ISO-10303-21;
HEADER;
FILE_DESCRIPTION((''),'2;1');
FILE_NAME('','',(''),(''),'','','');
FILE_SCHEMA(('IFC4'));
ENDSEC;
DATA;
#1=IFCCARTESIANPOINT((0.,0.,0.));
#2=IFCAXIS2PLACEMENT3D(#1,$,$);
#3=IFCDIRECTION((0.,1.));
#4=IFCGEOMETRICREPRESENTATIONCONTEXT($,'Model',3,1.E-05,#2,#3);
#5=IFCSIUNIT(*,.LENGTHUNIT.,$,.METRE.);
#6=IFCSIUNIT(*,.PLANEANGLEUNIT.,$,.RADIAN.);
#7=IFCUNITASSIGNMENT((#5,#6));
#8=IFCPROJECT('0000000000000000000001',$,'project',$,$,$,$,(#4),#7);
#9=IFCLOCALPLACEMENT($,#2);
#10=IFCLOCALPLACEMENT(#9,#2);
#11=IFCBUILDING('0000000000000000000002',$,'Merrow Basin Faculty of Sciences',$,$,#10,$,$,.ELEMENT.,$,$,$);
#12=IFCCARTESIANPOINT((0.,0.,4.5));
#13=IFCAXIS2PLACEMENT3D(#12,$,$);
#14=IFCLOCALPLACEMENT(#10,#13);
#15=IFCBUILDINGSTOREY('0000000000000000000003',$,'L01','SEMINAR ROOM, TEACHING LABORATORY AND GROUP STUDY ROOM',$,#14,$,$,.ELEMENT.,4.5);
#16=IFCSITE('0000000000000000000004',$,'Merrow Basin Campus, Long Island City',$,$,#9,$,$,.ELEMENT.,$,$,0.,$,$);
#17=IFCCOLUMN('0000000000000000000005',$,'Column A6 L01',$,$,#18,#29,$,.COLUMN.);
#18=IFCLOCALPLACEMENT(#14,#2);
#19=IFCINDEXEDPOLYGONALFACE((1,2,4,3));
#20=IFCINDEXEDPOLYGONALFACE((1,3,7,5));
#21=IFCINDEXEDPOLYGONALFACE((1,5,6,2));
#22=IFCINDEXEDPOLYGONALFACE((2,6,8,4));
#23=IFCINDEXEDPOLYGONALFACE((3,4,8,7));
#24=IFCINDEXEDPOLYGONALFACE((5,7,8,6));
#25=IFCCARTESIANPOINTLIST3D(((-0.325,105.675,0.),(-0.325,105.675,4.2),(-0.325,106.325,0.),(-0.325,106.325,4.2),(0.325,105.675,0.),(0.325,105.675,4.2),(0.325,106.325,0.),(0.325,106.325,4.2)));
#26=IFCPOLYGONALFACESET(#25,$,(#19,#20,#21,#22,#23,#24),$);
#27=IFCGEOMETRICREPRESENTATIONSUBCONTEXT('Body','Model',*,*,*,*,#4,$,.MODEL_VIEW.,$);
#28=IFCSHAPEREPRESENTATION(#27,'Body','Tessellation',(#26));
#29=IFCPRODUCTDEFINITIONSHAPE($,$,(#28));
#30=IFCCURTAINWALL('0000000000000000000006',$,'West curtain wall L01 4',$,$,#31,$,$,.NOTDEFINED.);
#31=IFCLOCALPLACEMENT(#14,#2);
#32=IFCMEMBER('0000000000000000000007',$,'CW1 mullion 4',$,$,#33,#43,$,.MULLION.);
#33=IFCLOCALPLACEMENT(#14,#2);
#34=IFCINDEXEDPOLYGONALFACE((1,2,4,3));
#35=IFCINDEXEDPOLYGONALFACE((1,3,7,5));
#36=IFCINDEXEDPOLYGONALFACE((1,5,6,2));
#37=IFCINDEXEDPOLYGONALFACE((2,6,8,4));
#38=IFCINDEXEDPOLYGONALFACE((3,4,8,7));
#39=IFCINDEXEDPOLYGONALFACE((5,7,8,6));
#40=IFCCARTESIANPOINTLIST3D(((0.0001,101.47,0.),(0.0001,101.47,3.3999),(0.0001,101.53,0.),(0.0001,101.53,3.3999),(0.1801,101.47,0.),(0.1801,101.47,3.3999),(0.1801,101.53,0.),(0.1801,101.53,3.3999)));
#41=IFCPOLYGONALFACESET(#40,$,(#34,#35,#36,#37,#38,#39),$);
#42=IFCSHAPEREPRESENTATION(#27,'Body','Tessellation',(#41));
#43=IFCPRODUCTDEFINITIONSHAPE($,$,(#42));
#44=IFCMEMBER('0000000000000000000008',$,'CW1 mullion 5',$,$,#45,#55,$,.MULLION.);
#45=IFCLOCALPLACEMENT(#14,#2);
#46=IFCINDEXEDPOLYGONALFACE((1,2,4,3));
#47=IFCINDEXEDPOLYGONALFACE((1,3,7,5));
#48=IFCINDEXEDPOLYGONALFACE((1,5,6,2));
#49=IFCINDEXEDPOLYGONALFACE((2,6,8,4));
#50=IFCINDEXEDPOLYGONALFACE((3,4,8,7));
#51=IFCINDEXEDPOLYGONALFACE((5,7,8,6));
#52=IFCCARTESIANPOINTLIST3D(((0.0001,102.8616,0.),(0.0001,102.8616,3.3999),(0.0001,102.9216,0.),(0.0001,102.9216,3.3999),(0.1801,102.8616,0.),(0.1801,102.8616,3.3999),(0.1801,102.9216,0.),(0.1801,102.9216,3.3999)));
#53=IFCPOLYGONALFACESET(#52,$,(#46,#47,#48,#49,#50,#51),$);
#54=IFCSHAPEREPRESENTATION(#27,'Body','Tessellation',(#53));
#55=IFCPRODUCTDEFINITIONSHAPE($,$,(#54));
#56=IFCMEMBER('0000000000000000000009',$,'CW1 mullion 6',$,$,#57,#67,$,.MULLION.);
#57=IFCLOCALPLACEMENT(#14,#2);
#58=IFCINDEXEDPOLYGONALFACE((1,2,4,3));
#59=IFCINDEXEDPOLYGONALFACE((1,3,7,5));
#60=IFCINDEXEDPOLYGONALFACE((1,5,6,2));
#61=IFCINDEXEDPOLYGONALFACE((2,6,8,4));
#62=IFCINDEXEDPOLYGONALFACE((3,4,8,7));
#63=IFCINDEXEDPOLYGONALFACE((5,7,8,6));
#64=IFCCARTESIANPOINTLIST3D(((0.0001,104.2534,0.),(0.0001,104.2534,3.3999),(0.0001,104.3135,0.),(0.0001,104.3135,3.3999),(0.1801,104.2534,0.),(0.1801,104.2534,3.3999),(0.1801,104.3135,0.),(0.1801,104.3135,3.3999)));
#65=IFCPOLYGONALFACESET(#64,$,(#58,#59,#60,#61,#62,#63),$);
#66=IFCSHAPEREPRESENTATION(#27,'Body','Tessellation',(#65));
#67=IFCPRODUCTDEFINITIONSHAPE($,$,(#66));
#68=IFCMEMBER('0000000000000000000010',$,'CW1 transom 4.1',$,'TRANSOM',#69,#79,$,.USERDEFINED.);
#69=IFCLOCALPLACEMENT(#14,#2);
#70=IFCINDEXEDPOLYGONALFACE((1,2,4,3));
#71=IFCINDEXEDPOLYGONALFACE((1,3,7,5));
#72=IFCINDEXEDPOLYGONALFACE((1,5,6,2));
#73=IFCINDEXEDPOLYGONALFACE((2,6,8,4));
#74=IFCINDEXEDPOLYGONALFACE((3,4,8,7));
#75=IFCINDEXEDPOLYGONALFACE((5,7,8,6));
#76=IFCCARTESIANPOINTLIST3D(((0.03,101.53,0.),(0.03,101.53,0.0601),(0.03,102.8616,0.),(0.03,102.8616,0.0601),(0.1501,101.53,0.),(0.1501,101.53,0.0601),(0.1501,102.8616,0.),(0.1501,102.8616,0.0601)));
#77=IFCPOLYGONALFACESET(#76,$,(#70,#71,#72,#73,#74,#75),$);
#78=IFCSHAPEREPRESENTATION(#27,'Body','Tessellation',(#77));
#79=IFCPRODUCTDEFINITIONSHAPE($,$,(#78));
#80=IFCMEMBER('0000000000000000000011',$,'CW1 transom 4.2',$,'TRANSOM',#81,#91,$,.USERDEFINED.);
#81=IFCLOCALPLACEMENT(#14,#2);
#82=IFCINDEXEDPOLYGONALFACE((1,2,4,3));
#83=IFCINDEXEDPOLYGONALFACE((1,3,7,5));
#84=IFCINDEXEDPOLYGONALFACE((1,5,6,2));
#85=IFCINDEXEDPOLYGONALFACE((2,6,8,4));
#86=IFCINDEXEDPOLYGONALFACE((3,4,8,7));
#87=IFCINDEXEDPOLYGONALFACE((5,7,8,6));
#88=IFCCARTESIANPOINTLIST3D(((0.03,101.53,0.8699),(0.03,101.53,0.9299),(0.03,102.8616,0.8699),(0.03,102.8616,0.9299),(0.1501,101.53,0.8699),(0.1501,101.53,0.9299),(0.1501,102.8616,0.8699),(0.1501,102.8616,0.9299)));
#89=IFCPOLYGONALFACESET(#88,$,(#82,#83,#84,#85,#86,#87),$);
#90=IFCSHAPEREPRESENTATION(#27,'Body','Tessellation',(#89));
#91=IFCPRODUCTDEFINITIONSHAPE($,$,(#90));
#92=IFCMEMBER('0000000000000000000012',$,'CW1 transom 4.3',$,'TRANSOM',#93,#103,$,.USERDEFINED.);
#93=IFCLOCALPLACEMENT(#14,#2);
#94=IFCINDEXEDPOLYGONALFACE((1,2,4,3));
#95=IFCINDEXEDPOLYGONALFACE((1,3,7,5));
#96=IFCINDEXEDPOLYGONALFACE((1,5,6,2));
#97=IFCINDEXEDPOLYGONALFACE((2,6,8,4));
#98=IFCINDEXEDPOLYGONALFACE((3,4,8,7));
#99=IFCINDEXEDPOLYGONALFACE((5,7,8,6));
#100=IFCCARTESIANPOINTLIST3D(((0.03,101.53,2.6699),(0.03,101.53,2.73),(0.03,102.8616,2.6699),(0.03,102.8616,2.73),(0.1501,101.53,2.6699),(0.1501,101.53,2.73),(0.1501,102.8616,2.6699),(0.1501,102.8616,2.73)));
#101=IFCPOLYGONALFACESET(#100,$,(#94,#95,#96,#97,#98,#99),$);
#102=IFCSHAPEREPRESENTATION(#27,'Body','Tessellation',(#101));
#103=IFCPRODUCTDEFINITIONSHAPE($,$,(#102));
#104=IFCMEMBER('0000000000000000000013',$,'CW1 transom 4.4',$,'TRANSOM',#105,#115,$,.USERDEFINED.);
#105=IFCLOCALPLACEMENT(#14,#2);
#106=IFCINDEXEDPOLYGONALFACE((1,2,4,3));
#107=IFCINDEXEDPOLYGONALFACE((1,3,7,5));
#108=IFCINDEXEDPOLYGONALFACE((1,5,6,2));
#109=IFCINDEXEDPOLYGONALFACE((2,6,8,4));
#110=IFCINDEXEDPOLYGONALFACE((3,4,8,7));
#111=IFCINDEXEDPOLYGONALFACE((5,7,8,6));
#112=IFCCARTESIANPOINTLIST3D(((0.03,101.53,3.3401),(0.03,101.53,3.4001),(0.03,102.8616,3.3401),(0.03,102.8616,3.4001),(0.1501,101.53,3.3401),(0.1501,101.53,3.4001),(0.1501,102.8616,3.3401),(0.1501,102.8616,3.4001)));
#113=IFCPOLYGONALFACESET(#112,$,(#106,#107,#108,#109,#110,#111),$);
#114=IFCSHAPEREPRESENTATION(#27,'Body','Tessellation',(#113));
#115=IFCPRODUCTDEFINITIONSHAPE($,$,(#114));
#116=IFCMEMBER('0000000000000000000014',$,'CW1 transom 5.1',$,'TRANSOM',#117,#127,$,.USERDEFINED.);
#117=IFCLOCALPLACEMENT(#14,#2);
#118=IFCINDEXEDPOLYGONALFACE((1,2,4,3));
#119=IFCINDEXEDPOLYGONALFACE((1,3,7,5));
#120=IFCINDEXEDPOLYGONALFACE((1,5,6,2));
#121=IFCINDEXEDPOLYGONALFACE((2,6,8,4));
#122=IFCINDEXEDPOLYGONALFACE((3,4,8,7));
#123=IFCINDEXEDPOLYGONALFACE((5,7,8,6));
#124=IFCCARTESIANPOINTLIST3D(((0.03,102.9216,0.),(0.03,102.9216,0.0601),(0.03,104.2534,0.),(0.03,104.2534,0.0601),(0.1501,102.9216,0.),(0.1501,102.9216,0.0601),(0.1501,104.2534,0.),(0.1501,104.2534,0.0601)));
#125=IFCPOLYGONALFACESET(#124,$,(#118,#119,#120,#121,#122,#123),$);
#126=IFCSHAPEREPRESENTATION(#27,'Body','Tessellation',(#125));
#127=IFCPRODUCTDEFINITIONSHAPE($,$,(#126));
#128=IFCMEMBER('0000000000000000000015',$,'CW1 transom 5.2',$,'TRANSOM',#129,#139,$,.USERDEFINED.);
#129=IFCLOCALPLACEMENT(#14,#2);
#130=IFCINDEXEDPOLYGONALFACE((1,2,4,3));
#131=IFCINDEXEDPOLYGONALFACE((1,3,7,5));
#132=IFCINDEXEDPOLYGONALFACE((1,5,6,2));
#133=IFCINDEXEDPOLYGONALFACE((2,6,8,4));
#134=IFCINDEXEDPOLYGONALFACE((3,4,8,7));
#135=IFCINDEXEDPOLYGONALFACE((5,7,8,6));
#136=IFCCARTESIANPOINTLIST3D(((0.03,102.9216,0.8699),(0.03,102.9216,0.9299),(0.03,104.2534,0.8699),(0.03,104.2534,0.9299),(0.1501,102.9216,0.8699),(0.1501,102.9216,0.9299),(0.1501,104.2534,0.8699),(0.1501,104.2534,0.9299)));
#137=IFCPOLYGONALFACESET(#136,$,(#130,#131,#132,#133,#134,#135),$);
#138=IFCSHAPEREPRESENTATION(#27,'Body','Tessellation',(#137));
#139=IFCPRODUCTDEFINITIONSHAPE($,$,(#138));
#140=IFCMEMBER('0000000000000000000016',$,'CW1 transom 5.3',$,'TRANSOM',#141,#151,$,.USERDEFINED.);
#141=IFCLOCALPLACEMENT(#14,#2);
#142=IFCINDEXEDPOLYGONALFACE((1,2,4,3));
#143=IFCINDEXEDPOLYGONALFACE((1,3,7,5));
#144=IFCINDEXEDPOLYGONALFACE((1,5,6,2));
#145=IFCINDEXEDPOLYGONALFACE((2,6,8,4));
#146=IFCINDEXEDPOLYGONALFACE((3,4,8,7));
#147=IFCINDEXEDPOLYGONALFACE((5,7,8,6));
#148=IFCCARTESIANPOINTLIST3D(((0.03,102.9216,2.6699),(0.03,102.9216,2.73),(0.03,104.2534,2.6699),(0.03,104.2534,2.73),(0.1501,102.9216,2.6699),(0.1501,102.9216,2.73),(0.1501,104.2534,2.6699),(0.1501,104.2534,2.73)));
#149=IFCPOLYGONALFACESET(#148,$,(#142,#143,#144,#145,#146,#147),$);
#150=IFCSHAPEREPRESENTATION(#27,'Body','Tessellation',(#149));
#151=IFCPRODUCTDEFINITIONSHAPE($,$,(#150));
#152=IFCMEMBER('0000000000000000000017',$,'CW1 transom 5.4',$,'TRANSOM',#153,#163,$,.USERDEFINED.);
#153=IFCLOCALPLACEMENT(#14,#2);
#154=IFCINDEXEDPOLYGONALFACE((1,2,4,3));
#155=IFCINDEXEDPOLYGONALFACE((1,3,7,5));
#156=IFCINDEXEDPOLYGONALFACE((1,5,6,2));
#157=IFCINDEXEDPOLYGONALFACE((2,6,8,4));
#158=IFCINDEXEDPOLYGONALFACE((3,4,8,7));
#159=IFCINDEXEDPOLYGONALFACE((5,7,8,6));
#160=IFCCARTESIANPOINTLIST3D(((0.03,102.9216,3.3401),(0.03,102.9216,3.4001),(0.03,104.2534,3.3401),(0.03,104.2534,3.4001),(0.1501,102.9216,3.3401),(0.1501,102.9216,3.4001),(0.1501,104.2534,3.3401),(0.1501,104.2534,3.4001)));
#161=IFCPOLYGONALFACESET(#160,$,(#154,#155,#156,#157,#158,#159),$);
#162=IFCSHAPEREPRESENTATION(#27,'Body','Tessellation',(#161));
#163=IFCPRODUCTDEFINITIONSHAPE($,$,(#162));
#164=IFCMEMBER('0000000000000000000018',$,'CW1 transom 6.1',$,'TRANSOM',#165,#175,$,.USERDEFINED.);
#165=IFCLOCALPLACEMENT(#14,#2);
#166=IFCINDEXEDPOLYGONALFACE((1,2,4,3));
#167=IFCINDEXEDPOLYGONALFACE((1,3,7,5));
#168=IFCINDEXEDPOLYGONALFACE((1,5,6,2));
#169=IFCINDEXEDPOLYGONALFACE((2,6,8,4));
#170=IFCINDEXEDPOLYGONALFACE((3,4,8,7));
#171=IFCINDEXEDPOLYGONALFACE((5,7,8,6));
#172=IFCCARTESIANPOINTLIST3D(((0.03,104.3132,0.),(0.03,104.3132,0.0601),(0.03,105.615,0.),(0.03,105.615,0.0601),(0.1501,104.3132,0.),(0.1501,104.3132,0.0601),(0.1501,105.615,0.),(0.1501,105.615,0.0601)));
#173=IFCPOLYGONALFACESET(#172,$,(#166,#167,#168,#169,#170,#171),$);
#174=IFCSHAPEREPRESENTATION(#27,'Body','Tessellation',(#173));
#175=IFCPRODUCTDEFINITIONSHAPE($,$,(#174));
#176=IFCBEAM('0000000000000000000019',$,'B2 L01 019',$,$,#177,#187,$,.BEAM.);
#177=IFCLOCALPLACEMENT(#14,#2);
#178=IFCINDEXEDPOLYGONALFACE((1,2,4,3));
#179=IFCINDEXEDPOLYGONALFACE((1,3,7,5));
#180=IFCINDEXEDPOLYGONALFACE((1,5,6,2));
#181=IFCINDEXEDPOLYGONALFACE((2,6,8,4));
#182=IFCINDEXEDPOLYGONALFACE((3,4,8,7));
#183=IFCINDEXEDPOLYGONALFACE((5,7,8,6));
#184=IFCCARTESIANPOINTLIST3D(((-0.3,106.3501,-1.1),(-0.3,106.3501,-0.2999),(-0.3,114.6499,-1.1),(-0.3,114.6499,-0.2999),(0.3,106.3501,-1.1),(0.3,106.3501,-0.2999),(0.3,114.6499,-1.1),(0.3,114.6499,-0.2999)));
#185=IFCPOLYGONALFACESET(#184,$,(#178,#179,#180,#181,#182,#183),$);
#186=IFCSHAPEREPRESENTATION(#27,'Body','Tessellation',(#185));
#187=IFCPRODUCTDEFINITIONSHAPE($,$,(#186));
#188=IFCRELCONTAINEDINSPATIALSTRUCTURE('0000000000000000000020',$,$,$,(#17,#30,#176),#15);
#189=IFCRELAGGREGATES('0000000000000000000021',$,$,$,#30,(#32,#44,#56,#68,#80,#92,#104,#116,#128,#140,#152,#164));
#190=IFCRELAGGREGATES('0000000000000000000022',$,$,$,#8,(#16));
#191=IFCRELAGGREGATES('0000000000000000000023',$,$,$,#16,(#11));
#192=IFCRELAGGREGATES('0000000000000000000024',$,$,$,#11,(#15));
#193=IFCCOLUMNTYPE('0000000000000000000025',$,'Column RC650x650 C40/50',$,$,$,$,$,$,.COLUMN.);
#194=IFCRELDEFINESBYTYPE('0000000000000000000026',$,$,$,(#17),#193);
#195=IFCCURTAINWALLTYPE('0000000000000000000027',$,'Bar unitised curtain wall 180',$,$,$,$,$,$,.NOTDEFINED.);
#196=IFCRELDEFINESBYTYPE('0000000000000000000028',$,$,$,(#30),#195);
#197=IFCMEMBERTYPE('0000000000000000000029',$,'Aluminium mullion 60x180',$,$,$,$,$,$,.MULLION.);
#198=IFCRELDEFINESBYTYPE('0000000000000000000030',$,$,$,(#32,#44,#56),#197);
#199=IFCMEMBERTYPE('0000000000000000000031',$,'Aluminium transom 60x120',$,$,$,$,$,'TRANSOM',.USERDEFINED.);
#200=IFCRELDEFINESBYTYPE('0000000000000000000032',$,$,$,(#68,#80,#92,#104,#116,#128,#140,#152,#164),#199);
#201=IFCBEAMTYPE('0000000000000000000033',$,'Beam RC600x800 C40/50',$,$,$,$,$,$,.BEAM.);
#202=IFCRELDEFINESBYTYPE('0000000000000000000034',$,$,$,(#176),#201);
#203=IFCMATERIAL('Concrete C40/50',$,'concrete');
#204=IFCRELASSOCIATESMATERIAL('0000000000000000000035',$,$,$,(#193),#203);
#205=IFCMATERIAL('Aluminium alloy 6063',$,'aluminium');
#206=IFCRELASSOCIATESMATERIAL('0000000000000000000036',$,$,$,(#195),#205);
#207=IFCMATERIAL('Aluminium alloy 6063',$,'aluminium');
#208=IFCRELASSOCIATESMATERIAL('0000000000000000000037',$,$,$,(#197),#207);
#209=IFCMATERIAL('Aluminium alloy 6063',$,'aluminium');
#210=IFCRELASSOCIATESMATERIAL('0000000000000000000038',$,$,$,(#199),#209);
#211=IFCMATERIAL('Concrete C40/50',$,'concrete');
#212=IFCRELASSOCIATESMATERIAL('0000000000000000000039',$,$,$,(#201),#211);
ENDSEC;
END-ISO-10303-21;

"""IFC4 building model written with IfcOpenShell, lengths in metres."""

from ifc_helpers import new_model, si_unit, direction, frame, origin, origin_2d, place, context, subcontext, project, spatial, rectangle, extrude, material, material_profile, profile_set, type_object, element, aggregate, save


model = new_model("IFC4")

# Units and contexts
model_context = context("Model", 3, precision=1e-05, world=origin(), true_north=direction((0.0, 1.0)))
body_context = subcontext(model_context, "Body", "Model", "MODEL_VIEW")
ifc_project = project(units=[si_unit("LENGTHUNIT", "METRE"), si_unit("PLANEANGLEUNIT", "RADIAN")], contexts=[model_context])

# Site, building, storey
site_placement = place(None, origin())
site = spatial("IfcSite", under=ifc_project, at=site_placement, Name="Merrow Basin Campus, Long Island City", CompositionType="ELEMENT", RefElevation=0.0)
building_placement = place(site_placement, origin())
building = spatial("IfcBuilding", under=site, at=building_placement, Name="Merrow Basin Faculty of Sciences", CompositionType="ELEMENT")
storey_placement = place(building_placement, frame((0.0, 0.0, 4.5)))
storey = spatial("IfcBuildingStorey", under=building, at=storey_placement, Name="L01", Description="SEMINAR ROOM, TEACHING LABORATORY AND GROUP STUDY ROOM", CompositionType="ELEMENT", Elevation=4.5)

# Column
ifc_material_1 = material(Name="Concrete C40/50", Category="concrete")
ifc_material_profile_1 = material_profile(ifc_material_1, rectangle(XDim=0.6499, YDim=0.6499, at=origin_2d()))
ifc_profile_set_1 = profile_set([ifc_material_profile_1], Name="Concrete C40/50")
column_type = type_object("IfcColumnType", Name="Column RC650x650 C40/50", PredefinedType="COLUMN", material=ifc_profile_set_1)
column_placement = place(storey_placement, frame((0.0, 106.0, 0.0), z_axis=(0.0, 0.0, 1.0), x_axis=(1.0, 0.0, 0.0)))
element("IfcColumn", 1, at=column_placement, inside=storey, type_object=column_type, Name="Column A6 L01", PredefinedType="COLUMN", context=body_context, shape_type="SweptSolid", body=[
    extrude(rectangle(XDim=0.6499, YDim=0.6499, at=origin_2d()), origin(), (0.0, 0.0, 1.0), 4.2),
])

# Curtain wall, members
ifc_material_2 = material(Name="Aluminium alloy 6063", Category="aluminium")
curtain_wall_type = type_object("IfcCurtainWallType", Name="Bar unitised curtain wall 180", PredefinedType="NOTDEFINED", material=ifc_material_2)
curtain_wall_placement = place(storey_placement, origin())
curtain_wall = element("IfcCurtainWall", 2, at=curtain_wall_placement, inside=storey, type_object=curtain_wall_type, Name="West curtain wall L01 4", PredefinedType="NOTDEFINED")
ifc_material_3 = material(Name="Aluminium alloy 6063", Category="aluminium")
ifc_material_profile_2 = material_profile(ifc_material_3, rectangle(XDim=0.1799, YDim=0.0601, at=origin_2d()))
ifc_profile_set_2 = profile_set([ifc_material_profile_2], Name="Aluminium alloy 6063")
member_type_1 = type_object("IfcMemberType", Name="Aluminium mullion 60x180", PredefinedType="MULLION", material=ifc_profile_set_2)
member_1_placement = place(storey_placement, frame((0.0901, 101.5, 0.0), z_axis=(0.0, 0.0, 1.0), x_axis=(-1.0, 0.0, 0.0)))
member_1 = element("IfcMember", 3, at=member_1_placement, type_object=member_type_1, Name="CW1 mullion 4", PredefinedType="MULLION", context=body_context, shape_type="SweptSolid", body=[
    extrude(rectangle(XDim=0.1799, YDim=0.0601, at=origin_2d()), origin(), (0.0, 0.0, 1.0), 3.3999),
])
member_2_placement = place(storey_placement, frame((0.0901, 102.8916, 0.0), z_axis=(0.0, 0.0, 1.0), x_axis=(-1.0, 0.0, 0.0)))
member_2 = element("IfcMember", 4, at=member_2_placement, type_object=member_type_1, Name="CW1 mullion 5", PredefinedType="MULLION", context=body_context, shape_type="SweptSolid", body=[
    extrude(rectangle(XDim=0.1799, YDim=0.0601, at=origin_2d()), origin(), (0.0, 0.0, 1.0), 3.3999),
])
member_3_placement = place(storey_placement, frame((0.0901, 104.2834, 0.0), z_axis=(0.0, 0.0, 1.0), x_axis=(-1.0, 0.0, 0.0)))
member_3 = element("IfcMember", 5, at=member_3_placement, type_object=member_type_1, Name="CW1 mullion 6", PredefinedType="MULLION", context=body_context, shape_type="SweptSolid", body=[
    extrude(rectangle(XDim=0.1799, YDim=0.0601, at=origin_2d()), origin(), (0.0, 0.0, 1.0), 3.3999),
])
ifc_material_4 = material(Name="Aluminium alloy 6063", Category="aluminium")
ifc_material_profile_3 = material_profile(ifc_material_4, rectangle(XDim=0.1201, YDim=0.0601, at=origin_2d()))
ifc_profile_set_3 = profile_set([ifc_material_profile_3], Name="Aluminium alloy 6063")
member_type_2 = type_object("IfcMemberType", Name="Aluminium transom 60x120", ElementType="TRANSOM", PredefinedType="USERDEFINED", material=ifc_profile_set_3)
member_4_placement = place(storey_placement, frame((0.0901, 101.53, 0.03), z_axis=(0.0, 1.0, 0.0), x_axis=(-1.0, 0.0, 0.0)))
member_4 = element("IfcMember", 6, at=member_4_placement, type_object=member_type_2, Name="CW1 transom 4.1", ObjectType="TRANSOM", PredefinedType="USERDEFINED", context=body_context, shape_type="SweptSolid", body=[
    extrude(rectangle(XDim=0.1201, YDim=0.0601, at=origin_2d()), origin(), (0.0, 0.0, 1.0), 1.3315),
])
member_5_placement = place(storey_placement, frame((0.0901, 101.53, 0.8999), z_axis=(0.0, 1.0, 0.0), x_axis=(-1.0, 0.0, 0.0)))
member_5 = element("IfcMember", 7, at=member_5_placement, type_object=member_type_2, Name="CW1 transom 4.2", ObjectType="TRANSOM", PredefinedType="USERDEFINED", context=body_context, shape_type="SweptSolid", body=[
    extrude(rectangle(XDim=0.1201, YDim=0.0601, at=origin_2d()), origin(), (0.0, 0.0, 1.0), 1.3315),
])
member_6_placement = place(storey_placement, frame((0.0901, 101.53, 2.7), z_axis=(0.0, 1.0, 0.0), x_axis=(-1.0, 0.0, 0.0)))
member_6 = element("IfcMember", 8, at=member_6_placement, type_object=member_type_2, Name="CW1 transom 4.3", ObjectType="TRANSOM", PredefinedType="USERDEFINED", context=body_context, shape_type="SweptSolid", body=[
    extrude(rectangle(XDim=0.1201, YDim=0.0601, at=origin_2d()), origin(), (0.0, 0.0, 1.0), 1.3315),
])
member_7_placement = place(storey_placement, frame((0.0901, 101.53, 3.3701), z_axis=(0.0, 1.0, 0.0), x_axis=(-1.0, 0.0, 0.0)))
member_7 = element("IfcMember", 9, at=member_7_placement, type_object=member_type_2, Name="CW1 transom 4.4", ObjectType="TRANSOM", PredefinedType="USERDEFINED", context=body_context, shape_type="SweptSolid", body=[
    extrude(rectangle(XDim=0.1201, YDim=0.0601, at=origin_2d()), origin(), (0.0, 0.0, 1.0), 1.3315),
])
member_8_placement = place(storey_placement, frame((0.0901, 102.9216, 0.03), z_axis=(0.0, 1.0, 0.0), x_axis=(-1.0, 0.0, 0.0)))
member_8 = element("IfcMember", 10, at=member_8_placement, type_object=member_type_2, Name="CW1 transom 5.1", ObjectType="TRANSOM", PredefinedType="USERDEFINED", context=body_context, shape_type="SweptSolid", body=[
    extrude(rectangle(XDim=0.1201, YDim=0.0601, at=origin_2d()), origin(), (0.0, 0.0, 1.0), 1.3318),
])
member_9_placement = place(storey_placement, frame((0.0901, 102.9216, 0.8999), z_axis=(0.0, 1.0, 0.0), x_axis=(-1.0, 0.0, 0.0)))
member_9 = element("IfcMember", 11, at=member_9_placement, type_object=member_type_2, Name="CW1 transom 5.2", ObjectType="TRANSOM", PredefinedType="USERDEFINED", context=body_context, shape_type="SweptSolid", body=[
    extrude(rectangle(XDim=0.1201, YDim=0.0601, at=origin_2d()), origin(), (0.0, 0.0, 1.0), 1.3318),
])
member_10_placement = place(storey_placement, frame((0.0901, 102.9216, 2.7), z_axis=(0.0, 1.0, 0.0), x_axis=(-1.0, 0.0, 0.0)))
member_10 = element("IfcMember", 12, at=member_10_placement, type_object=member_type_2, Name="CW1 transom 5.3", ObjectType="TRANSOM", PredefinedType="USERDEFINED", context=body_context, shape_type="SweptSolid", body=[
    extrude(rectangle(XDim=0.1201, YDim=0.0601, at=origin_2d()), origin(), (0.0, 0.0, 1.0), 1.3318),
])
member_11_placement = place(storey_placement, frame((0.0901, 102.9216, 3.3701), z_axis=(0.0, 1.0, 0.0), x_axis=(-1.0, 0.0, 0.0)))
member_11 = element("IfcMember", 13, at=member_11_placement, type_object=member_type_2, Name="CW1 transom 5.4", ObjectType="TRANSOM", PredefinedType="USERDEFINED", context=body_context, shape_type="SweptSolid", body=[
    extrude(rectangle(XDim=0.1201, YDim=0.0601, at=origin_2d()), origin(), (0.0, 0.0, 1.0), 1.3318),
])
member_12_placement = place(storey_placement, frame((0.0901, 104.3132, 0.03), z_axis=(0.0, 1.0, 0.0), x_axis=(-1.0, 0.0, 0.0)))
member_12 = element("IfcMember", 14, at=member_12_placement, type_object=member_type_2, Name="CW1 transom 6.1", ObjectType="TRANSOM", PredefinedType="USERDEFINED", context=body_context, shape_type="SweptSolid", body=[
    extrude(rectangle(XDim=0.1201, YDim=0.0601, at=origin_2d()), origin(), (0.0, 0.0, 1.0), 1.3018),
])

# Beam
ifc_material_5 = material(Name="Concrete C40/50", Category="concrete")
ifc_material_profile_4 = material_profile(ifc_material_5, rectangle(XDim=0.6001, YDim=0.8, at=origin_2d()))
ifc_profile_set_4 = profile_set([ifc_material_profile_4], Name="Concrete C40/50")
beam_type = type_object("IfcBeamType", Name="Beam RC600x800 C40/50", PredefinedType="BEAM", material=ifc_profile_set_4)
beam_placement = place(storey_placement, frame((0.0, 106.3501, -0.7), z_axis=(0.0, 1.0, 0.0), x_axis=(-1.0, 0.0, 0.0)))
element("IfcBeam", 15, at=beam_placement, inside=storey, type_object=beam_type, Name="B2 L01 019", PredefinedType="BEAM", context=body_context, shape_type="SweptSolid", body=[
    extrude(rectangle(XDim=0.6001, YDim=0.8, at=origin_2d()), origin(), (0.0, 0.0, 1.0), 8.2998),
])

aggregate(curtain_wall, [member_1, member_2, member_3, member_4, member_5, member_6, member_7, member_8, member_9, member_10, member_11, member_12])

save(model, "model.ifc")
